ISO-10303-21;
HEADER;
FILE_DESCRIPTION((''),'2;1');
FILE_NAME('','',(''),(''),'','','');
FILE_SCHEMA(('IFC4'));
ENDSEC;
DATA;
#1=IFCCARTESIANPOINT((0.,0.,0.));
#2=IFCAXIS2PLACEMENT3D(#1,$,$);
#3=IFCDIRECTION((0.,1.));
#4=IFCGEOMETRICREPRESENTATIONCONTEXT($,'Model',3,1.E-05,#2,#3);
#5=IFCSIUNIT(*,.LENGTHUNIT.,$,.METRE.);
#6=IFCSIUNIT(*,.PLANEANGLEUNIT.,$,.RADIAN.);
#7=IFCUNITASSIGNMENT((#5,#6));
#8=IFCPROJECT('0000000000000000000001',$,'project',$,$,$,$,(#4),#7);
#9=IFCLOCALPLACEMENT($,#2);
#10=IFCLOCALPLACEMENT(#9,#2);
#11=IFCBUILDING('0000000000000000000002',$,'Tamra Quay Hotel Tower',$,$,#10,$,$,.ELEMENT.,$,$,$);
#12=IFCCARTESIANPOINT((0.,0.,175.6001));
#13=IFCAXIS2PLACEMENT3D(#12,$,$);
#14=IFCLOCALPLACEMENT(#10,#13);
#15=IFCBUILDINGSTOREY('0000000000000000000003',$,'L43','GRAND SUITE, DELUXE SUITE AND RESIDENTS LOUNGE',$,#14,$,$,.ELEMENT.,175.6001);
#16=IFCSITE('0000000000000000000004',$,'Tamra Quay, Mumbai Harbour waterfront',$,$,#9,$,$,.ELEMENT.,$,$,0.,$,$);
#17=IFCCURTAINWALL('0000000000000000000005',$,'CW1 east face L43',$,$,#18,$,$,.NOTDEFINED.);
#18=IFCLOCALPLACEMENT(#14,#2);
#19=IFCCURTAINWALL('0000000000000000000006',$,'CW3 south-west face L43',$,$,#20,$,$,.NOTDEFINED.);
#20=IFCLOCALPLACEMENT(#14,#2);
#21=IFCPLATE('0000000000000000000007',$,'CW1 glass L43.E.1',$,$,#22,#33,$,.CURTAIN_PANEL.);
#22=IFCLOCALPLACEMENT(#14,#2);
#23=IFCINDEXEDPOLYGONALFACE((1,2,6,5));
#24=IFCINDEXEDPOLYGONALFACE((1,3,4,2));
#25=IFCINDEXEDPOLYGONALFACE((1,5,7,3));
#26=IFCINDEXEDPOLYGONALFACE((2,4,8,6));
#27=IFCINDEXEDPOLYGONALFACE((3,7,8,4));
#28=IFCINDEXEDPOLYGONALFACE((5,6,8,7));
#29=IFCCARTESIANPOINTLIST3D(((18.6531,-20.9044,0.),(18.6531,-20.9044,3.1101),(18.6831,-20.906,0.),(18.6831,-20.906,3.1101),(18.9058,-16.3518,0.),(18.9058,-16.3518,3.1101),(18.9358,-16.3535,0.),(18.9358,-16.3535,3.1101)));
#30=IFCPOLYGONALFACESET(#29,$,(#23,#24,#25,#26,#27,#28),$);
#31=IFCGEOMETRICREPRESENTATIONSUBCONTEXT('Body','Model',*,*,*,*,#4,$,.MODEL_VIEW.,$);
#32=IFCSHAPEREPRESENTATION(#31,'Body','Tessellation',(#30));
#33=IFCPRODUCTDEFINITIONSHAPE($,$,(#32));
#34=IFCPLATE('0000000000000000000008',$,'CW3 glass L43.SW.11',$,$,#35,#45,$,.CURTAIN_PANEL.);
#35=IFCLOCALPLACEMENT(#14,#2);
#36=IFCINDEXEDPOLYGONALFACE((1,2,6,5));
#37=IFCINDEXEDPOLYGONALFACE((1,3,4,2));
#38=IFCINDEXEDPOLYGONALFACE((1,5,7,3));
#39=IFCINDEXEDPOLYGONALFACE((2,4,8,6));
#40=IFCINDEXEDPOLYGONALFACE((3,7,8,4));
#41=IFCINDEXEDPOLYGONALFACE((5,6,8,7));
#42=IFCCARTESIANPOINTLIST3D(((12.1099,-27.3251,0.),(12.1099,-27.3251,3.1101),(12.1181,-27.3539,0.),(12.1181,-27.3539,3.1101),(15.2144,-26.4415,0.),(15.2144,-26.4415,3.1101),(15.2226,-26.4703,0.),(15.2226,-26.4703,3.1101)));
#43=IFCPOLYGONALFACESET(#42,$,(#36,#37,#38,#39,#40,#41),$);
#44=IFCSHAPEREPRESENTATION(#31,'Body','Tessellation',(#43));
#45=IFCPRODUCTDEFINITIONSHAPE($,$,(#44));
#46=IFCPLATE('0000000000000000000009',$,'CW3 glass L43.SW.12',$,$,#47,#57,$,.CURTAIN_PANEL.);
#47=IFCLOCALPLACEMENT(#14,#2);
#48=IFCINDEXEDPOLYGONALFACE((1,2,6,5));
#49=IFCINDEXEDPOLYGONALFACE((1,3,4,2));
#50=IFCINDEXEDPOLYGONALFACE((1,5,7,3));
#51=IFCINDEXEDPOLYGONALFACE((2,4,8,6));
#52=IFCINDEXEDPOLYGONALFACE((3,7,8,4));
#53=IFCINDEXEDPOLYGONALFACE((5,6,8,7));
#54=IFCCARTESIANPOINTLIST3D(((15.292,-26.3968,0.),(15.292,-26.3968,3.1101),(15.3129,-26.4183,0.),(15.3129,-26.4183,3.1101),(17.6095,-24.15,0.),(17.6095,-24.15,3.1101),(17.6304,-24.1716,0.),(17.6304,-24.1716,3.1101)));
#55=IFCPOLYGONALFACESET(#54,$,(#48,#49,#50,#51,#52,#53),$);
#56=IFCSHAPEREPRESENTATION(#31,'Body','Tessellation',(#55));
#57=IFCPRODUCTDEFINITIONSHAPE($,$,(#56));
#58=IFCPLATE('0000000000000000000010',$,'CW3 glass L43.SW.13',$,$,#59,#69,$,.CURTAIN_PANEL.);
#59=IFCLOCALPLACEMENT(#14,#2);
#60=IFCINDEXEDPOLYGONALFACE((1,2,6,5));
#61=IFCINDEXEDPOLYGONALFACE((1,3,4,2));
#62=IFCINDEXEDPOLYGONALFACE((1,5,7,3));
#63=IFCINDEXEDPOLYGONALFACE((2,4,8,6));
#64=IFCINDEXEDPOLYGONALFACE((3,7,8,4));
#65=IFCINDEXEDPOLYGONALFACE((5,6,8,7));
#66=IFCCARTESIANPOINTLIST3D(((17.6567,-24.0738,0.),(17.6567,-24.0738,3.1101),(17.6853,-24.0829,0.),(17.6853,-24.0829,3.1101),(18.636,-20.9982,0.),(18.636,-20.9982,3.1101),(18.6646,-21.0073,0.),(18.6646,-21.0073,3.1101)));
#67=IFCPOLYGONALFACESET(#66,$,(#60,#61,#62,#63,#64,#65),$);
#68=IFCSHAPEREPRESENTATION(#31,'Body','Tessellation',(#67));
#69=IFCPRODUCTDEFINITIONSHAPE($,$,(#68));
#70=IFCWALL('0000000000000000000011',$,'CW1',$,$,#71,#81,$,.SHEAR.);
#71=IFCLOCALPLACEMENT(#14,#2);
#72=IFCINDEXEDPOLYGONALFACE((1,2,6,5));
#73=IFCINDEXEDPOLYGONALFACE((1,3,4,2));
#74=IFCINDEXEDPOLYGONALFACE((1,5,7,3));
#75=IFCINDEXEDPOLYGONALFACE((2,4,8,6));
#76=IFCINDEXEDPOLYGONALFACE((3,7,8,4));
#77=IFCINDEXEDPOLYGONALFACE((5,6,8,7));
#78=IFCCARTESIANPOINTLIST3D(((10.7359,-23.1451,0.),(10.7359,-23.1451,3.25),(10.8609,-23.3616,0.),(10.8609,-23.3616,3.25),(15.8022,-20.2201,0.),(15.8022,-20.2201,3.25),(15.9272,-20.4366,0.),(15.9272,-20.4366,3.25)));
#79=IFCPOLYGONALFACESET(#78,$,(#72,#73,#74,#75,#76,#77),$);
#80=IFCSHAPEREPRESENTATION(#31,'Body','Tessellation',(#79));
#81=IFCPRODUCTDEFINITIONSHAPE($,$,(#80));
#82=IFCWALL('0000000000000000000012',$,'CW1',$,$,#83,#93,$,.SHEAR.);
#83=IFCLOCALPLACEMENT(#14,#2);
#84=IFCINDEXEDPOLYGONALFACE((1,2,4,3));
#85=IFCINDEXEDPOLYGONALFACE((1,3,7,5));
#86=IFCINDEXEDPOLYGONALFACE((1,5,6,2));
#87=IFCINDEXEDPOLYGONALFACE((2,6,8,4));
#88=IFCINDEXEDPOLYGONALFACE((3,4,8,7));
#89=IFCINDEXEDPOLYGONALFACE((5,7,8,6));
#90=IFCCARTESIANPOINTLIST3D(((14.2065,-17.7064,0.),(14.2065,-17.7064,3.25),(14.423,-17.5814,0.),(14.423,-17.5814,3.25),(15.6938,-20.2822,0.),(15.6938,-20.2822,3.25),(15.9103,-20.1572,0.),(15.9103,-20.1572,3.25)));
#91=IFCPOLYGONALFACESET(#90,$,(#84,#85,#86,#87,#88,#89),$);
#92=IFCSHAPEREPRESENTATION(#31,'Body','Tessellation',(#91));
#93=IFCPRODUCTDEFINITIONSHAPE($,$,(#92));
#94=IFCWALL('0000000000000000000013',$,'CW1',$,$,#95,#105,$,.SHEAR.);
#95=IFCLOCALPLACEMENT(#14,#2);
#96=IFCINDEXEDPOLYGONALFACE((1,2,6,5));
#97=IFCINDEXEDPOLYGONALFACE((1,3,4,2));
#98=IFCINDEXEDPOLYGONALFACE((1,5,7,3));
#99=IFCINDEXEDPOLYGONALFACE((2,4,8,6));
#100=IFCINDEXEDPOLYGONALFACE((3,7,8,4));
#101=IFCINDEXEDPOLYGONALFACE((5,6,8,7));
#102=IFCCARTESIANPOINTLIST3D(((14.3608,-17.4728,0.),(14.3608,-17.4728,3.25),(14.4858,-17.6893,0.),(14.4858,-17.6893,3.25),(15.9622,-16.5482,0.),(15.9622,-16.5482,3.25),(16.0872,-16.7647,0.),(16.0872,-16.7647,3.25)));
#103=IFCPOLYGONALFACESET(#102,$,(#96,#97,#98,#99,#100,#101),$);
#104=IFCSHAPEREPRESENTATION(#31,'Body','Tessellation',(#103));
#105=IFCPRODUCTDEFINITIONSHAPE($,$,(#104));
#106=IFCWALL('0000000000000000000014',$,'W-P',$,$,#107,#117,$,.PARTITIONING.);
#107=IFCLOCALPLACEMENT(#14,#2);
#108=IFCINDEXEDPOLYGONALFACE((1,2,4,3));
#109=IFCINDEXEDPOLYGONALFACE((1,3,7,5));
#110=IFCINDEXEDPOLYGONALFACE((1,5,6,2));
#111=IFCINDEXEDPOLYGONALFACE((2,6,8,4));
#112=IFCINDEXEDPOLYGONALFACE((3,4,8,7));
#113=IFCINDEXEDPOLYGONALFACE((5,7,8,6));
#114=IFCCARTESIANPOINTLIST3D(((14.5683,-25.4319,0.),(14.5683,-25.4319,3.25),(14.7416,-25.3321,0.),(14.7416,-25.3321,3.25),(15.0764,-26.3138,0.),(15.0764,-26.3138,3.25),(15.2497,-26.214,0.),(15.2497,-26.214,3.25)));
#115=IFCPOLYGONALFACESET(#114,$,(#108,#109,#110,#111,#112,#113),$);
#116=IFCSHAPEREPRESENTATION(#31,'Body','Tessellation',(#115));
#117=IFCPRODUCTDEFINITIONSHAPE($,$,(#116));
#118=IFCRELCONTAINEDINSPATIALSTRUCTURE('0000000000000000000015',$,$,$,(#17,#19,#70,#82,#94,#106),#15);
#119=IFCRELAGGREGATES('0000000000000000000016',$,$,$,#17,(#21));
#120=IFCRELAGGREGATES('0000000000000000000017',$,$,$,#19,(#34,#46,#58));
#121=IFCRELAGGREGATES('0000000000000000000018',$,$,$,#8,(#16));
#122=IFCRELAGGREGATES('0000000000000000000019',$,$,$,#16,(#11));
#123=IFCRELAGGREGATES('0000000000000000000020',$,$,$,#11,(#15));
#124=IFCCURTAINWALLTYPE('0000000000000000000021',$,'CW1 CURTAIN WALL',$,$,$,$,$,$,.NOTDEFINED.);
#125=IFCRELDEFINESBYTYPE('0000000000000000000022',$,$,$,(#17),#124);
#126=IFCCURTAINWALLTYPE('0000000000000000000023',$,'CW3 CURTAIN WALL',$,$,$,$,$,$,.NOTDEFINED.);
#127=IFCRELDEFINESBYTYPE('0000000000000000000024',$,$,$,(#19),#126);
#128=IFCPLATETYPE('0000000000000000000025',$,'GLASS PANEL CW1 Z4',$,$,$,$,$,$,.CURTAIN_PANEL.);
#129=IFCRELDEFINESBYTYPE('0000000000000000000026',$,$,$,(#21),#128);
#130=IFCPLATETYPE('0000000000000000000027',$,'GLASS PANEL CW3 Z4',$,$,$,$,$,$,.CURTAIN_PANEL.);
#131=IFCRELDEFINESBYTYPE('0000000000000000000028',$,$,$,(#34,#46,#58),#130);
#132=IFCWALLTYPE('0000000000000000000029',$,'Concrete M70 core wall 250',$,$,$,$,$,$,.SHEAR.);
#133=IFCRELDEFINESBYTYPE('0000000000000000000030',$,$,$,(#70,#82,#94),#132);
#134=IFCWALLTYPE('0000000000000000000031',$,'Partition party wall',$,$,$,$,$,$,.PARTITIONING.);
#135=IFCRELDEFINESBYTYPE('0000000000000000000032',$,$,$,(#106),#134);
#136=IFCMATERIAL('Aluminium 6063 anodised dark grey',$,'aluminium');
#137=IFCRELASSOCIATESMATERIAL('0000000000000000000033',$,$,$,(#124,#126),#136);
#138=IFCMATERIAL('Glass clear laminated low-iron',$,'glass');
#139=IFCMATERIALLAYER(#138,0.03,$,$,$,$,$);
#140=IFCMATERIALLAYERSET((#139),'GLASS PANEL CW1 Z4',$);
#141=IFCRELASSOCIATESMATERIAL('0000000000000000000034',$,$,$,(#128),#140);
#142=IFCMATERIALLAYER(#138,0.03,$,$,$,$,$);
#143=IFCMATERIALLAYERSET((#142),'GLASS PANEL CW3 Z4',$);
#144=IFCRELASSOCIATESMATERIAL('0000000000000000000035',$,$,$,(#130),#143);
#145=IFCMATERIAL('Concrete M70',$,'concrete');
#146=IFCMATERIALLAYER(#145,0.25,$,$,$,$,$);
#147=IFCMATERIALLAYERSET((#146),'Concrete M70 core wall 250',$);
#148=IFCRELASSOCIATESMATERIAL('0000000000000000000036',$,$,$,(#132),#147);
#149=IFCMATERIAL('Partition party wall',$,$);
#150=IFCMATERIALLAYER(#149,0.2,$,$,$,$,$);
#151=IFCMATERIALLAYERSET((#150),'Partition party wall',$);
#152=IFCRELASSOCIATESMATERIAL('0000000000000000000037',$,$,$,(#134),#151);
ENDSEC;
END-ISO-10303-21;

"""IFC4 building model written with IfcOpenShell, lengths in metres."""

from ifc_helpers import new_model, si_unit, direction, frame, frame_2d, origin, origin_2d, place, context, subcontext, project, spatial, rectangle, extrude, material, layer, layer_set, type_object, element, aggregate, save


model = new_model("IFC4")

# Units and contexts
model_context = context("Model", 3, precision=1e-05, world=origin(), true_north=direction((0.0, 1.0)))
body_context = subcontext(model_context, "Body", "Model", "MODEL_VIEW")
ifc_project = project(units=[si_unit("LENGTHUNIT", "METRE"), si_unit("PLANEANGLEUNIT", "RADIAN")], contexts=[model_context])

# Site, building, storey
site_placement = place(None, origin())
site = spatial("IfcSite", under=ifc_project, at=site_placement, Name="Tamra Quay, Mumbai Harbour waterfront", CompositionType="ELEMENT", RefElevation=0.0)
building_placement = place(site_placement, origin())
building = spatial("IfcBuilding", under=site, at=building_placement, Name="Tamra Quay Hotel Tower", CompositionType="ELEMENT")
storey_placement = place(building_placement, frame((0.0, 0.0, 175.6001)))
storey = spatial("IfcBuildingStorey", under=building, at=storey_placement, Name="L43", Description="GRAND SUITE, DELUXE SUITE AND RESIDENTS LOUNGE", CompositionType="ELEMENT", Elevation=175.6001)

# Shared definitions
ifc_material_1 = material(Name="Concrete M70", Category="concrete")

# Curtain walls
ifc_material_2 = material(Name="Aluminium 6063 anodised dark grey", Category="aluminium")
curtain_wall_type_1 = type_object("IfcCurtainWallType", Name="CW1 CURTAIN WALL", PredefinedType="NOTDEFINED", material=ifc_material_2)
curtain_wall_1_placement = place(storey_placement, origin())
curtain_wall_1 = element("IfcCurtainWall", 1, at=curtain_wall_1_placement, inside=storey, type_object=curtain_wall_type_1, Name="CW1 east face L43", PredefinedType="NOTDEFINED")
curtain_wall_type_2 = type_object("IfcCurtainWallType", Name="CW3 CURTAIN WALL", PredefinedType="NOTDEFINED", material=ifc_material_2)
curtain_wall_2_placement = place(storey_placement, origin())
curtain_wall_2 = element("IfcCurtainWall", 2, at=curtain_wall_2_placement, inside=storey, type_object=curtain_wall_type_2, Name="CW3 south-west face L43", PredefinedType="NOTDEFINED")

# Plates
ifc_material_3 = material(Name="Glass clear laminated low-iron", Category="glass")
ifc_layer_1 = layer(ifc_material_3, 0.03)
ifc_layer_set_1 = layer_set([ifc_layer_1], Name="GLASS PANEL CW1 Z4")
plate_type_1 = type_object("IfcPlateType", Name="GLASS PANEL CW1 Z4", PredefinedType="CURTAIN_PANEL", material=ifc_layer_set_1)
plate_1_placement = place(storey_placement, frame((18.7944, -18.6289, 0.0), z_axis=(0.0, 0.0, 1.0), x_axis=(0.055417, 0.998463, 0.0)))
plate_1 = element("IfcPlate", 3, at=plate_1_placement, type_object=plate_type_1, Name="CW1 glass L43.E.1", PredefinedType="CURTAIN_PANEL", context=body_context, shape_type="SweptSolid", body=[
    extrude(rectangle(XDim=4.5596, YDim=0.03, at=origin_2d()), origin(), (0.0, 0.0, 1.0), 3.1101),
])
aggregate(curtain_wall_1, [plate_1])
ifc_layer_2 = layer(ifc_material_3, 0.03)
ifc_layer_set_2 = layer_set([ifc_layer_2], Name="GLASS PANEL CW3 Z4")
plate_type_2 = type_object("IfcPlateType", Name="GLASS PANEL CW3 Z4", PredefinedType="CURTAIN_PANEL", material=ifc_layer_set_2)
plate_2_placement = place(storey_placement, frame((13.6663, -26.8977, 0.0), z_axis=(0.0, 0.0, 1.0), x_axis=(0.961801, 0.27375, 0.0)))
plate_2 = element("IfcPlate", 4, at=plate_2_placement, type_object=plate_type_2, Name="CW3 glass L43.SW.11", PredefinedType="CURTAIN_PANEL", context=body_context, shape_type="SweptSolid", body=[
    extrude(rectangle(XDim=3.2278, YDim=0.03, at=origin_2d()), origin(), (0.0, 0.0, 1.0), 3.1101),
])
plate_3_placement = place(storey_placement, frame((16.4612, -25.2842, 0.0), z_axis=(0.0, 0.0, 1.0), x_axis=(0.717975, 0.696069, 0.0)))
plate_3 = element("IfcPlate", 5, at=plate_3_placement, type_object=plate_type_2, Name="CW3 glass L43.SW.12", PredefinedType="CURTAIN_PANEL", context=body_context, shape_type="SweptSolid", body=[
    extrude(rectangle(XDim=3.2278, YDim=0.03, at=origin_2d()), origin(), (0.0, 0.0, 1.0), 3.1101),
])
plate_4_placement = place(storey_placement, frame((18.1606, -22.5405, 0.0), z_axis=(0.0, 0.0, 1.0), x_axis=(0.30341, 0.95286, 0.0)))
plate_4 = element("IfcPlate", 6, at=plate_4_placement, type_object=plate_type_2, Name="CW3 glass L43.SW.13", PredefinedType="CURTAIN_PANEL", context=body_context, shape_type="SweptSolid", body=[
    extrude(rectangle(XDim=3.2278, YDim=0.03, at=origin_2d()), origin(), (0.0, 0.0, 1.0), 3.1101),
])
aggregate(curtain_wall_2, [plate_2, plate_3, plate_4])

# Walls
ifc_layer_3 = layer(ifc_material_1, 0.25)
ifc_layer_set_3 = layer_set([ifc_layer_3], Name="Concrete M70 core wall 250")
wall_type_1 = type_object("IfcWallType", Name="Concrete M70 core wall 250", PredefinedType="SHEAR", material=ifc_layer_set_3)
wall_1_placement = place(storey_placement, frame((15.8647, -20.3284, 0.0), z_axis=(0.0, 0.0, 1.0), x_axis=(-0.866029, -0.499995, 0.0)))
element("IfcWall", 7, at=wall_1_placement, inside=storey, type_object=wall_type_1, Name="CW1", PredefinedType="SHEAR", context=body_context, shape_type="SweptSolid", body=[
    extrude(rectangle(XDim=5.8501, YDim=0.25, at=frame_2d((2.925, 0.0))), origin(), (0.0, 0.0, 1.0), 3.25),
])
wall_2_placement = place(storey_placement, frame((14.3147, -17.6438, 0.0), z_axis=(0.0, 0.0, 1.0), x_axis=(0.500023, -0.866012, 0.0)))
element("IfcWall", 8, at=wall_2_placement, inside=storey, type_object=wall_type_1, Name="CW1", PredefinedType="SHEAR", context=body_context, shape_type="SweptSolid", body=[
    extrude(rectangle(XDim=2.9744, YDim=0.25, at=frame_2d((1.4873, 0.0))), origin(), (0.0, 0.0, 1.0), 3.25),
])
wall_3_placement = place(storey_placement, frame((16.0247, -16.6565, 0.0), z_axis=(0.0, 0.0, 1.0), x_axis=(-0.866016, -0.500016, 0.0)))
element("IfcWall", 9, at=wall_3_placement, inside=storey, type_object=wall_type_1, Name="CW1", PredefinedType="SHEAR", context=body_context, shape_type="SweptSolid", body=[
    extrude(rectangle(XDim=1.8491, YDim=0.25, at=frame_2d((0.9246, 0.0))), origin(), (0.0, 0.0, 1.0), 3.25),
])
ifc_material_4 = material(Name="Partition party wall")
ifc_layer_4 = layer(ifc_material_4, 0.2)
ifc_layer_set_4 = layer_set([ifc_layer_4], Name="Partition party wall")
wall_type_2 = type_object("IfcWallType", Name="Partition party wall", PredefinedType="PARTITIONING", material=ifc_layer_set_4)
wall_4_placement = place(storey_placement, frame((14.655, -25.3821, 0.0), z_axis=(0.0, 0.0, 1.0), x_axis=(0.49921, -0.866481, 0.0)))
element("IfcWall", 10, at=wall_4_placement, inside=storey, type_object=wall_type_2, Name="W-P", PredefinedType="PARTITIONING", context=body_context, shape_type="SweptSolid", body=[
    extrude(rectangle(XDim=1.0178, YDim=0.2, at=frame_2d((0.5088, 0.0))), origin(), (0.0, 0.0, 1.0), 3.25),
])

save(model, "model.ifc")
